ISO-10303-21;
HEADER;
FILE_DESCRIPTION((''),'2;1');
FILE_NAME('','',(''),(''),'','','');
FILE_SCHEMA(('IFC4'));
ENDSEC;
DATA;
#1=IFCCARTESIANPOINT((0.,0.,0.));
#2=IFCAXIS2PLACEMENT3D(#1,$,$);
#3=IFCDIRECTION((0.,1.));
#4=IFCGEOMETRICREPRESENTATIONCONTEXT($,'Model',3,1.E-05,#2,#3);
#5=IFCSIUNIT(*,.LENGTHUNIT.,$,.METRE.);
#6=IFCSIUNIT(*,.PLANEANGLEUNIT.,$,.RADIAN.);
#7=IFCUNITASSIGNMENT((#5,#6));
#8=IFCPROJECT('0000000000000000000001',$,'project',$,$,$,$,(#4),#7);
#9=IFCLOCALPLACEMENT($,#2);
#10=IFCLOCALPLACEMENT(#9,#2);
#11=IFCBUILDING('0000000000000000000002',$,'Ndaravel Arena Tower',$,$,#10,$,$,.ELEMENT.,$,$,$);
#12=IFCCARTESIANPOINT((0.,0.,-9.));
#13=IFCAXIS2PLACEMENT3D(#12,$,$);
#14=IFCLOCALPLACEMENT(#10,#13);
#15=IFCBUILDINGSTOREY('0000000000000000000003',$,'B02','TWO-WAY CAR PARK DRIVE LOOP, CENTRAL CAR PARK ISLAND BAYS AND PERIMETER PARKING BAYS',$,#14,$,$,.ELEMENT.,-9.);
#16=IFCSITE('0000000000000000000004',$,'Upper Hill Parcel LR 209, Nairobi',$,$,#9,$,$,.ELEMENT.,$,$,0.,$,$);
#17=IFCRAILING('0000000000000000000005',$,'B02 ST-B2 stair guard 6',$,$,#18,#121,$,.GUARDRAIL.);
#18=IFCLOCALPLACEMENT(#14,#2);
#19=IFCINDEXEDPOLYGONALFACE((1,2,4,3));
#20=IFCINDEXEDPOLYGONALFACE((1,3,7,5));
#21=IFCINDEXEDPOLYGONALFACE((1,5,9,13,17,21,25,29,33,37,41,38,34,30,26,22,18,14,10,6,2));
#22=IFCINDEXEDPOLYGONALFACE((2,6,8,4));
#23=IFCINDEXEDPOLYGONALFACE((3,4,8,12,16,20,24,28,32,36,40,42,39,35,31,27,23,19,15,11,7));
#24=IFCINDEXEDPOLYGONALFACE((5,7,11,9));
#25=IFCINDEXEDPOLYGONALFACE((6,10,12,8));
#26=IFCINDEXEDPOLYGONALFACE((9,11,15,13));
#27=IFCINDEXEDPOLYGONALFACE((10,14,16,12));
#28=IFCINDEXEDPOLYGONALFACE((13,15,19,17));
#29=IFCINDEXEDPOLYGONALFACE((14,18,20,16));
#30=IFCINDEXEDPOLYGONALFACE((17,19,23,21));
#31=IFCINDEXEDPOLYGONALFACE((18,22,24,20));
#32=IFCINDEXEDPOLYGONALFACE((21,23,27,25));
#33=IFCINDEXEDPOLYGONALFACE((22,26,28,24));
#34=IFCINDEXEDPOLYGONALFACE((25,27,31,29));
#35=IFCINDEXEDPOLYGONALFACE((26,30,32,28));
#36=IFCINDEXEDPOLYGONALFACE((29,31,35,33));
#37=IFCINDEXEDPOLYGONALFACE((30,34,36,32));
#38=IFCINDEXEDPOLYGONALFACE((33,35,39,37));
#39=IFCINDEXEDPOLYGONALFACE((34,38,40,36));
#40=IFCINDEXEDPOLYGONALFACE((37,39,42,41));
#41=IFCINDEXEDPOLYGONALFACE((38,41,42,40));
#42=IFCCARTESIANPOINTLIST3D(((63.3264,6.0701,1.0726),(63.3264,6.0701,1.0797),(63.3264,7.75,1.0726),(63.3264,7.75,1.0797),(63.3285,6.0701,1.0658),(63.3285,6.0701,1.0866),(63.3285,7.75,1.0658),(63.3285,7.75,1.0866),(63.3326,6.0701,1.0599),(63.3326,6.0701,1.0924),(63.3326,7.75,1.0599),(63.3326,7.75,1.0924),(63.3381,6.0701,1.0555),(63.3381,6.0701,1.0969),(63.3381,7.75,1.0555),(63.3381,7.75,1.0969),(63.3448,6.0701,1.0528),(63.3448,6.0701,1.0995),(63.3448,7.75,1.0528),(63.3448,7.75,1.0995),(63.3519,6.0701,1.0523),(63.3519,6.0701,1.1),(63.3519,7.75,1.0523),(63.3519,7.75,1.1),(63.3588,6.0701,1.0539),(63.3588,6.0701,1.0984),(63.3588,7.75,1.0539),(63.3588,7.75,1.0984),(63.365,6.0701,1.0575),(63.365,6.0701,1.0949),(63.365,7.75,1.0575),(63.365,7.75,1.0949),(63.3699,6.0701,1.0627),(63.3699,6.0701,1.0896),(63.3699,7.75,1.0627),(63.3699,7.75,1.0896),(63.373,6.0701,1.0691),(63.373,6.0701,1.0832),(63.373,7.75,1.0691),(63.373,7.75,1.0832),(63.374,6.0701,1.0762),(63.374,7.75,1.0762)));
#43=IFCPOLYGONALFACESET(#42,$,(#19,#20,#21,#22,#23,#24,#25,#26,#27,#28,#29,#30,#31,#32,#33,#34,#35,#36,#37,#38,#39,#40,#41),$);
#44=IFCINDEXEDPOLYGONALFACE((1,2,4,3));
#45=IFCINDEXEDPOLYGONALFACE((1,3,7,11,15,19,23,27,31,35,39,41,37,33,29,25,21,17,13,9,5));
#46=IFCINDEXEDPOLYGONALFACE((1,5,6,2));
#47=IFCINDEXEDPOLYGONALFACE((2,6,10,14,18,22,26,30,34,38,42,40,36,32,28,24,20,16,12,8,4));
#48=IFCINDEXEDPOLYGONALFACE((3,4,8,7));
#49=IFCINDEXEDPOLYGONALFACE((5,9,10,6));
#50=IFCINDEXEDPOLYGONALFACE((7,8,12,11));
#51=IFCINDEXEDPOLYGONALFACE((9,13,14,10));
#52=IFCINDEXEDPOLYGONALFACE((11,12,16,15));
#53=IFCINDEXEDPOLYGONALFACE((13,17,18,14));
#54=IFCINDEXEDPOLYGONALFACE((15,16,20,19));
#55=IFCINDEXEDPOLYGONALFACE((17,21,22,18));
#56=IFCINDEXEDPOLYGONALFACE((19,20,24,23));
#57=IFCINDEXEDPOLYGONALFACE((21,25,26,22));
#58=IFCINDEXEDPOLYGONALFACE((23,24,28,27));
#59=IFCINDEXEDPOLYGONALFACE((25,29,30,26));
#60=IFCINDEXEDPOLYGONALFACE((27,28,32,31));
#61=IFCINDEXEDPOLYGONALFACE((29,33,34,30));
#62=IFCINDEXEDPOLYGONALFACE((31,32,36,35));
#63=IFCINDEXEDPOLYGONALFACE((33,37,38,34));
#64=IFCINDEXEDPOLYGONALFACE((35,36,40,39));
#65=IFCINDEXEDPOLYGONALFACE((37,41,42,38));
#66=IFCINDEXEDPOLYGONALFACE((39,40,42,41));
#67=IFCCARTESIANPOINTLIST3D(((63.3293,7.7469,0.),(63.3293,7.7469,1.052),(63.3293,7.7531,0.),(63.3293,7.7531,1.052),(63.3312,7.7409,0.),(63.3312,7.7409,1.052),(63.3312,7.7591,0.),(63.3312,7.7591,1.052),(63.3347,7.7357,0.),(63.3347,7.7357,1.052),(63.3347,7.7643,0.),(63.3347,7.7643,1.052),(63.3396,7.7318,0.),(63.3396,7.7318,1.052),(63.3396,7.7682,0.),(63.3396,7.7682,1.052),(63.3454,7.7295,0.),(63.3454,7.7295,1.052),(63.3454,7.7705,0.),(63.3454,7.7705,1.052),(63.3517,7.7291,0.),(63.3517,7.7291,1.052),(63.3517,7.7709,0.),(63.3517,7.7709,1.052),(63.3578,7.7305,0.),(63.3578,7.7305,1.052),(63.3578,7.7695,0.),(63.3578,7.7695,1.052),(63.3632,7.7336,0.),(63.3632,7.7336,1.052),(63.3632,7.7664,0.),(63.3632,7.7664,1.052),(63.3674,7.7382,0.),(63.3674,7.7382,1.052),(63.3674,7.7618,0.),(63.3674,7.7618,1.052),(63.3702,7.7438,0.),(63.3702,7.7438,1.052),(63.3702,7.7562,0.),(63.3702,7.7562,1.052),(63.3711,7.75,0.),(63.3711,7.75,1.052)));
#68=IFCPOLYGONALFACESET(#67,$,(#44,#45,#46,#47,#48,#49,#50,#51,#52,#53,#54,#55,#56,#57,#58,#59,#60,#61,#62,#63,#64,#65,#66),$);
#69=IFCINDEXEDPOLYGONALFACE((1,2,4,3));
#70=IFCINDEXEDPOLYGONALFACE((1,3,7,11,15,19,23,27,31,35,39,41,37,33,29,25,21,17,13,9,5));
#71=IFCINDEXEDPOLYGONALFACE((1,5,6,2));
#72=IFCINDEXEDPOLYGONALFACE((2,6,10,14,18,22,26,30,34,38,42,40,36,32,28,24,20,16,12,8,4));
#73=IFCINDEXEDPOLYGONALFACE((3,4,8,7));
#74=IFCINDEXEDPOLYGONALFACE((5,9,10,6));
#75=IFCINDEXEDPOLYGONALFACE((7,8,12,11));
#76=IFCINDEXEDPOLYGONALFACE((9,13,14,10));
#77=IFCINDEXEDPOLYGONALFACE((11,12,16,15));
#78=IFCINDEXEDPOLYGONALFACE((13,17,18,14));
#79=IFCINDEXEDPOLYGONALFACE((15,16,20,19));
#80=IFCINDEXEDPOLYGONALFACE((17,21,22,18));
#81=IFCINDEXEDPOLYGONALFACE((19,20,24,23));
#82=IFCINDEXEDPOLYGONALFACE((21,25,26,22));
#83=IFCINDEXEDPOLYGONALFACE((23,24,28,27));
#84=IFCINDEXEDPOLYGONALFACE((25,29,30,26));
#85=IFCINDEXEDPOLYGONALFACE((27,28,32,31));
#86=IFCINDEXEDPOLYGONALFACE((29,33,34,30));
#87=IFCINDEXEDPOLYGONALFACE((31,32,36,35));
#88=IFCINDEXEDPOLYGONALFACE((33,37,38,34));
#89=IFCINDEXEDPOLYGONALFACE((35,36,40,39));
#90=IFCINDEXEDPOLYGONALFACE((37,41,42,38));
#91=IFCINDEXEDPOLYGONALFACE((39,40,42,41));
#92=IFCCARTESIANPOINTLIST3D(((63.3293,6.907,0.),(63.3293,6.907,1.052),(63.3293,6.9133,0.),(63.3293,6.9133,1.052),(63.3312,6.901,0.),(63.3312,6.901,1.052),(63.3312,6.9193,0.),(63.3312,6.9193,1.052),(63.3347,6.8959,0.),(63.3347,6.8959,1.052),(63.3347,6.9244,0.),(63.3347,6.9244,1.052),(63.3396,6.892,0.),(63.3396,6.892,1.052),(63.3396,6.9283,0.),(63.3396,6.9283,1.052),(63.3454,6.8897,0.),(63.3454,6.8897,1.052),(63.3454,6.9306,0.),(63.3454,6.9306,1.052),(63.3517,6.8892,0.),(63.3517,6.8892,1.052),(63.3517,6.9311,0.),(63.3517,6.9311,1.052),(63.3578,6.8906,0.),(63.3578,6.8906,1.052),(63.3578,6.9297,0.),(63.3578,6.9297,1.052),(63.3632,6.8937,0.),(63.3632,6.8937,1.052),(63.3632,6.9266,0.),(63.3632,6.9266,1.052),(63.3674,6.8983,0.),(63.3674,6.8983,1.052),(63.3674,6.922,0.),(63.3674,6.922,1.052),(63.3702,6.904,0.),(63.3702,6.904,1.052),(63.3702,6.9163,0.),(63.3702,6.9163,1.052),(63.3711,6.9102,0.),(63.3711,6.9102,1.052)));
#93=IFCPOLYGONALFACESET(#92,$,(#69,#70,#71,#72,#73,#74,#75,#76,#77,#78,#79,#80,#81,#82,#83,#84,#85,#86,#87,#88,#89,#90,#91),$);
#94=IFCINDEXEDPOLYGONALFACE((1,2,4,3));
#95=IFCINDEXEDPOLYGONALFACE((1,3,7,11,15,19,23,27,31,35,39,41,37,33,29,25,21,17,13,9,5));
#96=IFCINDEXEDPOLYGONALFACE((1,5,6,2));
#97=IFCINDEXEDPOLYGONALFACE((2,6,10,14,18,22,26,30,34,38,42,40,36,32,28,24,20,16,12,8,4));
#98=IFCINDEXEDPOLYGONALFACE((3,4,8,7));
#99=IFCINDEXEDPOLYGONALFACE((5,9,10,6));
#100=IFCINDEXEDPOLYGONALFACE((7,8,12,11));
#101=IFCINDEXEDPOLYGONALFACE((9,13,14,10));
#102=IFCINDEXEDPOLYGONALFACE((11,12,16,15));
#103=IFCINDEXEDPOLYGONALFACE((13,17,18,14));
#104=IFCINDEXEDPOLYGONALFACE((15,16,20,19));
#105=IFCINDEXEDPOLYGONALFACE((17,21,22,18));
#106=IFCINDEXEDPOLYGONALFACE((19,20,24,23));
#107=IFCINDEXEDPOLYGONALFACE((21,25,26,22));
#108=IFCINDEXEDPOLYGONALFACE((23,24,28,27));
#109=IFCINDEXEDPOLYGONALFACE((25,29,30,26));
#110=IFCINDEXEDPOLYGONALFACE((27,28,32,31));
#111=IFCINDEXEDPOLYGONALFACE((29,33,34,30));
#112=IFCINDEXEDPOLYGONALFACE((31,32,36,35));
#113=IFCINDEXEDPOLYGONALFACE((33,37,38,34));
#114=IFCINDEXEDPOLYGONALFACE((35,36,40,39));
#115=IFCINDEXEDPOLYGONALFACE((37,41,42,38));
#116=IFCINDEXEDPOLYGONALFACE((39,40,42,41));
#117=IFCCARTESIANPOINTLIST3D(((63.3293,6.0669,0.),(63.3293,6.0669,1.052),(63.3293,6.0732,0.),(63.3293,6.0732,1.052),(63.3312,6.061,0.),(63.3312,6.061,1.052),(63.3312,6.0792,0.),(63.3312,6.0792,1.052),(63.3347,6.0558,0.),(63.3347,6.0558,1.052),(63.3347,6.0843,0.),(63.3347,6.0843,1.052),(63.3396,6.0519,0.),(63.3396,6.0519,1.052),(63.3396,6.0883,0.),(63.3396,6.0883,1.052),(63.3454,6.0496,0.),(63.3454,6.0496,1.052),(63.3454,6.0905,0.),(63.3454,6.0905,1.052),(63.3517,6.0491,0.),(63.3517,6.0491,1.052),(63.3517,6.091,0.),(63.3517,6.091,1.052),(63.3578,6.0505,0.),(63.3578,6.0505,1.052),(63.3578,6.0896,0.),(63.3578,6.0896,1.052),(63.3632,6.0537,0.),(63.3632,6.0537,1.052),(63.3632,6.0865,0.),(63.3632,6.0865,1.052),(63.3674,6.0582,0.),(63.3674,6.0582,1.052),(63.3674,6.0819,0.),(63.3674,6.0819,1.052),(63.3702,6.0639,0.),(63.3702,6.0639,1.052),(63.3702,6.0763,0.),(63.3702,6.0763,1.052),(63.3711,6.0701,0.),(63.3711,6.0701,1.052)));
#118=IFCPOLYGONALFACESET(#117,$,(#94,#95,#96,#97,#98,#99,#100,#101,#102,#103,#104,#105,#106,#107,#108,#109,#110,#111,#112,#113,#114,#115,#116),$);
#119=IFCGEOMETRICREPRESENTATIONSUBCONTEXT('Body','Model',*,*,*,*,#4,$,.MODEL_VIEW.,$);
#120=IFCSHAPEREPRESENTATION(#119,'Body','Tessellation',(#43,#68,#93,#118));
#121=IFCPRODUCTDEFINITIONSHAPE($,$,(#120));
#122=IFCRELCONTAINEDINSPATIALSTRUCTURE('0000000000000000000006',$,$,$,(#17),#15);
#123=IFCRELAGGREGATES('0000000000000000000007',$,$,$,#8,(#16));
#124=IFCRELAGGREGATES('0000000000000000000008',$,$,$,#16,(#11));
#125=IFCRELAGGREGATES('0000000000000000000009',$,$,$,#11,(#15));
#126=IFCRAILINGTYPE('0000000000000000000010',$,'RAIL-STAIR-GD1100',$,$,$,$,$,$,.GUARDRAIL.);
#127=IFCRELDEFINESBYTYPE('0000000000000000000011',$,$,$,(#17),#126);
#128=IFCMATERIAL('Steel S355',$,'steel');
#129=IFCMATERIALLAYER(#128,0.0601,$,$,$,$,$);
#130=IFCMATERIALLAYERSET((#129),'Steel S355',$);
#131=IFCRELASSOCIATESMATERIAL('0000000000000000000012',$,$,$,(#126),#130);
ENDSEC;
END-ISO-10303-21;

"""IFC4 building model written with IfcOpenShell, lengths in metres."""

from ifc_helpers import new_model, si_unit, direction, frame, origin, origin_2d, place, context, subcontext, project, spatial, circle, extrude, material, layer, layer_set, type_object, element, save


model = new_model("IFC4")

# Units and contexts
model_context = context("Model", 3, precision=1e-05, world=origin(), true_north=direction((0.0, 1.0)))
body_context = subcontext(model_context, "Body", "Model", "MODEL_VIEW")
ifc_project = project(units=[si_unit("LENGTHUNIT", "METRE"), si_unit("PLANEANGLEUNIT", "RADIAN")], contexts=[model_context])

# Site, building, storey
site_placement = place(None, origin())
site = spatial("IfcSite", under=ifc_project, at=site_placement, Name="Upper Hill Parcel LR 209, Nairobi", CompositionType="ELEMENT", RefElevation=0.0)
building_placement = place(site_placement, origin())
building = spatial("IfcBuilding", under=site, at=building_placement, Name="Ndaravel Arena Tower", CompositionType="ELEMENT")
storey_placement = place(building_placement, frame((0.0, 0.0, -9.0)))
storey = spatial("IfcBuildingStorey", under=building, at=storey_placement, Name="B02", Description="TWO-WAY CAR PARK DRIVE LOOP, CENTRAL CAR PARK ISLAND BAYS AND PERIMETER PARKING BAYS", CompositionType="ELEMENT", Elevation=-9.0)

# Railing
ifc_material_1 = material(Name="Steel S355", Category="steel")
ifc_layer_1 = layer(ifc_material_1, 0.0601)
ifc_layer_set_1 = layer_set([ifc_layer_1], Name="Steel S355")
railing_type_1 = type_object("IfcRailingType", Name="RAIL-STAIR-GD1100", PredefinedType="GUARDRAIL", material=ifc_layer_set_1)
for number, where, name in (
    (1, (63.3501, 7.75, 0.0), "B02 ST-B2 stair guard 6"),
):
    element("IfcRailing", number, at=place(storey_placement, frame(where)), inside=storey, type_object=railing_type_1, Name=name, PredefinedType="GUARDRAIL", context=body_context, shape_type="SweptSolid", body=[
        extrude(circle(Radius=0.0239, at=origin_2d()), frame((0.0, 0.0, 1.0762), z_axis=(0.0, -1.0, 0.0), x_axis=(1.0, 0.0, 0.0)), (0.0, 0.0, 1.0), 1.6799),
        extrude(circle(Radius=0.021, at=origin_2d()), origin(), (0.0, 0.0, 1.0), 1.052),
        extrude(circle(Radius=0.021, at=origin_2d()), frame((0.0, -0.8398, 0.0)), (0.0, 0.0, 1.0), 1.052),
        extrude(circle(Radius=0.021, at=origin_2d()), frame((0.0, -1.6799, 0.0)), (0.0, 0.0, 1.0), 1.052),
    ])

save(model, "model.ifc")
